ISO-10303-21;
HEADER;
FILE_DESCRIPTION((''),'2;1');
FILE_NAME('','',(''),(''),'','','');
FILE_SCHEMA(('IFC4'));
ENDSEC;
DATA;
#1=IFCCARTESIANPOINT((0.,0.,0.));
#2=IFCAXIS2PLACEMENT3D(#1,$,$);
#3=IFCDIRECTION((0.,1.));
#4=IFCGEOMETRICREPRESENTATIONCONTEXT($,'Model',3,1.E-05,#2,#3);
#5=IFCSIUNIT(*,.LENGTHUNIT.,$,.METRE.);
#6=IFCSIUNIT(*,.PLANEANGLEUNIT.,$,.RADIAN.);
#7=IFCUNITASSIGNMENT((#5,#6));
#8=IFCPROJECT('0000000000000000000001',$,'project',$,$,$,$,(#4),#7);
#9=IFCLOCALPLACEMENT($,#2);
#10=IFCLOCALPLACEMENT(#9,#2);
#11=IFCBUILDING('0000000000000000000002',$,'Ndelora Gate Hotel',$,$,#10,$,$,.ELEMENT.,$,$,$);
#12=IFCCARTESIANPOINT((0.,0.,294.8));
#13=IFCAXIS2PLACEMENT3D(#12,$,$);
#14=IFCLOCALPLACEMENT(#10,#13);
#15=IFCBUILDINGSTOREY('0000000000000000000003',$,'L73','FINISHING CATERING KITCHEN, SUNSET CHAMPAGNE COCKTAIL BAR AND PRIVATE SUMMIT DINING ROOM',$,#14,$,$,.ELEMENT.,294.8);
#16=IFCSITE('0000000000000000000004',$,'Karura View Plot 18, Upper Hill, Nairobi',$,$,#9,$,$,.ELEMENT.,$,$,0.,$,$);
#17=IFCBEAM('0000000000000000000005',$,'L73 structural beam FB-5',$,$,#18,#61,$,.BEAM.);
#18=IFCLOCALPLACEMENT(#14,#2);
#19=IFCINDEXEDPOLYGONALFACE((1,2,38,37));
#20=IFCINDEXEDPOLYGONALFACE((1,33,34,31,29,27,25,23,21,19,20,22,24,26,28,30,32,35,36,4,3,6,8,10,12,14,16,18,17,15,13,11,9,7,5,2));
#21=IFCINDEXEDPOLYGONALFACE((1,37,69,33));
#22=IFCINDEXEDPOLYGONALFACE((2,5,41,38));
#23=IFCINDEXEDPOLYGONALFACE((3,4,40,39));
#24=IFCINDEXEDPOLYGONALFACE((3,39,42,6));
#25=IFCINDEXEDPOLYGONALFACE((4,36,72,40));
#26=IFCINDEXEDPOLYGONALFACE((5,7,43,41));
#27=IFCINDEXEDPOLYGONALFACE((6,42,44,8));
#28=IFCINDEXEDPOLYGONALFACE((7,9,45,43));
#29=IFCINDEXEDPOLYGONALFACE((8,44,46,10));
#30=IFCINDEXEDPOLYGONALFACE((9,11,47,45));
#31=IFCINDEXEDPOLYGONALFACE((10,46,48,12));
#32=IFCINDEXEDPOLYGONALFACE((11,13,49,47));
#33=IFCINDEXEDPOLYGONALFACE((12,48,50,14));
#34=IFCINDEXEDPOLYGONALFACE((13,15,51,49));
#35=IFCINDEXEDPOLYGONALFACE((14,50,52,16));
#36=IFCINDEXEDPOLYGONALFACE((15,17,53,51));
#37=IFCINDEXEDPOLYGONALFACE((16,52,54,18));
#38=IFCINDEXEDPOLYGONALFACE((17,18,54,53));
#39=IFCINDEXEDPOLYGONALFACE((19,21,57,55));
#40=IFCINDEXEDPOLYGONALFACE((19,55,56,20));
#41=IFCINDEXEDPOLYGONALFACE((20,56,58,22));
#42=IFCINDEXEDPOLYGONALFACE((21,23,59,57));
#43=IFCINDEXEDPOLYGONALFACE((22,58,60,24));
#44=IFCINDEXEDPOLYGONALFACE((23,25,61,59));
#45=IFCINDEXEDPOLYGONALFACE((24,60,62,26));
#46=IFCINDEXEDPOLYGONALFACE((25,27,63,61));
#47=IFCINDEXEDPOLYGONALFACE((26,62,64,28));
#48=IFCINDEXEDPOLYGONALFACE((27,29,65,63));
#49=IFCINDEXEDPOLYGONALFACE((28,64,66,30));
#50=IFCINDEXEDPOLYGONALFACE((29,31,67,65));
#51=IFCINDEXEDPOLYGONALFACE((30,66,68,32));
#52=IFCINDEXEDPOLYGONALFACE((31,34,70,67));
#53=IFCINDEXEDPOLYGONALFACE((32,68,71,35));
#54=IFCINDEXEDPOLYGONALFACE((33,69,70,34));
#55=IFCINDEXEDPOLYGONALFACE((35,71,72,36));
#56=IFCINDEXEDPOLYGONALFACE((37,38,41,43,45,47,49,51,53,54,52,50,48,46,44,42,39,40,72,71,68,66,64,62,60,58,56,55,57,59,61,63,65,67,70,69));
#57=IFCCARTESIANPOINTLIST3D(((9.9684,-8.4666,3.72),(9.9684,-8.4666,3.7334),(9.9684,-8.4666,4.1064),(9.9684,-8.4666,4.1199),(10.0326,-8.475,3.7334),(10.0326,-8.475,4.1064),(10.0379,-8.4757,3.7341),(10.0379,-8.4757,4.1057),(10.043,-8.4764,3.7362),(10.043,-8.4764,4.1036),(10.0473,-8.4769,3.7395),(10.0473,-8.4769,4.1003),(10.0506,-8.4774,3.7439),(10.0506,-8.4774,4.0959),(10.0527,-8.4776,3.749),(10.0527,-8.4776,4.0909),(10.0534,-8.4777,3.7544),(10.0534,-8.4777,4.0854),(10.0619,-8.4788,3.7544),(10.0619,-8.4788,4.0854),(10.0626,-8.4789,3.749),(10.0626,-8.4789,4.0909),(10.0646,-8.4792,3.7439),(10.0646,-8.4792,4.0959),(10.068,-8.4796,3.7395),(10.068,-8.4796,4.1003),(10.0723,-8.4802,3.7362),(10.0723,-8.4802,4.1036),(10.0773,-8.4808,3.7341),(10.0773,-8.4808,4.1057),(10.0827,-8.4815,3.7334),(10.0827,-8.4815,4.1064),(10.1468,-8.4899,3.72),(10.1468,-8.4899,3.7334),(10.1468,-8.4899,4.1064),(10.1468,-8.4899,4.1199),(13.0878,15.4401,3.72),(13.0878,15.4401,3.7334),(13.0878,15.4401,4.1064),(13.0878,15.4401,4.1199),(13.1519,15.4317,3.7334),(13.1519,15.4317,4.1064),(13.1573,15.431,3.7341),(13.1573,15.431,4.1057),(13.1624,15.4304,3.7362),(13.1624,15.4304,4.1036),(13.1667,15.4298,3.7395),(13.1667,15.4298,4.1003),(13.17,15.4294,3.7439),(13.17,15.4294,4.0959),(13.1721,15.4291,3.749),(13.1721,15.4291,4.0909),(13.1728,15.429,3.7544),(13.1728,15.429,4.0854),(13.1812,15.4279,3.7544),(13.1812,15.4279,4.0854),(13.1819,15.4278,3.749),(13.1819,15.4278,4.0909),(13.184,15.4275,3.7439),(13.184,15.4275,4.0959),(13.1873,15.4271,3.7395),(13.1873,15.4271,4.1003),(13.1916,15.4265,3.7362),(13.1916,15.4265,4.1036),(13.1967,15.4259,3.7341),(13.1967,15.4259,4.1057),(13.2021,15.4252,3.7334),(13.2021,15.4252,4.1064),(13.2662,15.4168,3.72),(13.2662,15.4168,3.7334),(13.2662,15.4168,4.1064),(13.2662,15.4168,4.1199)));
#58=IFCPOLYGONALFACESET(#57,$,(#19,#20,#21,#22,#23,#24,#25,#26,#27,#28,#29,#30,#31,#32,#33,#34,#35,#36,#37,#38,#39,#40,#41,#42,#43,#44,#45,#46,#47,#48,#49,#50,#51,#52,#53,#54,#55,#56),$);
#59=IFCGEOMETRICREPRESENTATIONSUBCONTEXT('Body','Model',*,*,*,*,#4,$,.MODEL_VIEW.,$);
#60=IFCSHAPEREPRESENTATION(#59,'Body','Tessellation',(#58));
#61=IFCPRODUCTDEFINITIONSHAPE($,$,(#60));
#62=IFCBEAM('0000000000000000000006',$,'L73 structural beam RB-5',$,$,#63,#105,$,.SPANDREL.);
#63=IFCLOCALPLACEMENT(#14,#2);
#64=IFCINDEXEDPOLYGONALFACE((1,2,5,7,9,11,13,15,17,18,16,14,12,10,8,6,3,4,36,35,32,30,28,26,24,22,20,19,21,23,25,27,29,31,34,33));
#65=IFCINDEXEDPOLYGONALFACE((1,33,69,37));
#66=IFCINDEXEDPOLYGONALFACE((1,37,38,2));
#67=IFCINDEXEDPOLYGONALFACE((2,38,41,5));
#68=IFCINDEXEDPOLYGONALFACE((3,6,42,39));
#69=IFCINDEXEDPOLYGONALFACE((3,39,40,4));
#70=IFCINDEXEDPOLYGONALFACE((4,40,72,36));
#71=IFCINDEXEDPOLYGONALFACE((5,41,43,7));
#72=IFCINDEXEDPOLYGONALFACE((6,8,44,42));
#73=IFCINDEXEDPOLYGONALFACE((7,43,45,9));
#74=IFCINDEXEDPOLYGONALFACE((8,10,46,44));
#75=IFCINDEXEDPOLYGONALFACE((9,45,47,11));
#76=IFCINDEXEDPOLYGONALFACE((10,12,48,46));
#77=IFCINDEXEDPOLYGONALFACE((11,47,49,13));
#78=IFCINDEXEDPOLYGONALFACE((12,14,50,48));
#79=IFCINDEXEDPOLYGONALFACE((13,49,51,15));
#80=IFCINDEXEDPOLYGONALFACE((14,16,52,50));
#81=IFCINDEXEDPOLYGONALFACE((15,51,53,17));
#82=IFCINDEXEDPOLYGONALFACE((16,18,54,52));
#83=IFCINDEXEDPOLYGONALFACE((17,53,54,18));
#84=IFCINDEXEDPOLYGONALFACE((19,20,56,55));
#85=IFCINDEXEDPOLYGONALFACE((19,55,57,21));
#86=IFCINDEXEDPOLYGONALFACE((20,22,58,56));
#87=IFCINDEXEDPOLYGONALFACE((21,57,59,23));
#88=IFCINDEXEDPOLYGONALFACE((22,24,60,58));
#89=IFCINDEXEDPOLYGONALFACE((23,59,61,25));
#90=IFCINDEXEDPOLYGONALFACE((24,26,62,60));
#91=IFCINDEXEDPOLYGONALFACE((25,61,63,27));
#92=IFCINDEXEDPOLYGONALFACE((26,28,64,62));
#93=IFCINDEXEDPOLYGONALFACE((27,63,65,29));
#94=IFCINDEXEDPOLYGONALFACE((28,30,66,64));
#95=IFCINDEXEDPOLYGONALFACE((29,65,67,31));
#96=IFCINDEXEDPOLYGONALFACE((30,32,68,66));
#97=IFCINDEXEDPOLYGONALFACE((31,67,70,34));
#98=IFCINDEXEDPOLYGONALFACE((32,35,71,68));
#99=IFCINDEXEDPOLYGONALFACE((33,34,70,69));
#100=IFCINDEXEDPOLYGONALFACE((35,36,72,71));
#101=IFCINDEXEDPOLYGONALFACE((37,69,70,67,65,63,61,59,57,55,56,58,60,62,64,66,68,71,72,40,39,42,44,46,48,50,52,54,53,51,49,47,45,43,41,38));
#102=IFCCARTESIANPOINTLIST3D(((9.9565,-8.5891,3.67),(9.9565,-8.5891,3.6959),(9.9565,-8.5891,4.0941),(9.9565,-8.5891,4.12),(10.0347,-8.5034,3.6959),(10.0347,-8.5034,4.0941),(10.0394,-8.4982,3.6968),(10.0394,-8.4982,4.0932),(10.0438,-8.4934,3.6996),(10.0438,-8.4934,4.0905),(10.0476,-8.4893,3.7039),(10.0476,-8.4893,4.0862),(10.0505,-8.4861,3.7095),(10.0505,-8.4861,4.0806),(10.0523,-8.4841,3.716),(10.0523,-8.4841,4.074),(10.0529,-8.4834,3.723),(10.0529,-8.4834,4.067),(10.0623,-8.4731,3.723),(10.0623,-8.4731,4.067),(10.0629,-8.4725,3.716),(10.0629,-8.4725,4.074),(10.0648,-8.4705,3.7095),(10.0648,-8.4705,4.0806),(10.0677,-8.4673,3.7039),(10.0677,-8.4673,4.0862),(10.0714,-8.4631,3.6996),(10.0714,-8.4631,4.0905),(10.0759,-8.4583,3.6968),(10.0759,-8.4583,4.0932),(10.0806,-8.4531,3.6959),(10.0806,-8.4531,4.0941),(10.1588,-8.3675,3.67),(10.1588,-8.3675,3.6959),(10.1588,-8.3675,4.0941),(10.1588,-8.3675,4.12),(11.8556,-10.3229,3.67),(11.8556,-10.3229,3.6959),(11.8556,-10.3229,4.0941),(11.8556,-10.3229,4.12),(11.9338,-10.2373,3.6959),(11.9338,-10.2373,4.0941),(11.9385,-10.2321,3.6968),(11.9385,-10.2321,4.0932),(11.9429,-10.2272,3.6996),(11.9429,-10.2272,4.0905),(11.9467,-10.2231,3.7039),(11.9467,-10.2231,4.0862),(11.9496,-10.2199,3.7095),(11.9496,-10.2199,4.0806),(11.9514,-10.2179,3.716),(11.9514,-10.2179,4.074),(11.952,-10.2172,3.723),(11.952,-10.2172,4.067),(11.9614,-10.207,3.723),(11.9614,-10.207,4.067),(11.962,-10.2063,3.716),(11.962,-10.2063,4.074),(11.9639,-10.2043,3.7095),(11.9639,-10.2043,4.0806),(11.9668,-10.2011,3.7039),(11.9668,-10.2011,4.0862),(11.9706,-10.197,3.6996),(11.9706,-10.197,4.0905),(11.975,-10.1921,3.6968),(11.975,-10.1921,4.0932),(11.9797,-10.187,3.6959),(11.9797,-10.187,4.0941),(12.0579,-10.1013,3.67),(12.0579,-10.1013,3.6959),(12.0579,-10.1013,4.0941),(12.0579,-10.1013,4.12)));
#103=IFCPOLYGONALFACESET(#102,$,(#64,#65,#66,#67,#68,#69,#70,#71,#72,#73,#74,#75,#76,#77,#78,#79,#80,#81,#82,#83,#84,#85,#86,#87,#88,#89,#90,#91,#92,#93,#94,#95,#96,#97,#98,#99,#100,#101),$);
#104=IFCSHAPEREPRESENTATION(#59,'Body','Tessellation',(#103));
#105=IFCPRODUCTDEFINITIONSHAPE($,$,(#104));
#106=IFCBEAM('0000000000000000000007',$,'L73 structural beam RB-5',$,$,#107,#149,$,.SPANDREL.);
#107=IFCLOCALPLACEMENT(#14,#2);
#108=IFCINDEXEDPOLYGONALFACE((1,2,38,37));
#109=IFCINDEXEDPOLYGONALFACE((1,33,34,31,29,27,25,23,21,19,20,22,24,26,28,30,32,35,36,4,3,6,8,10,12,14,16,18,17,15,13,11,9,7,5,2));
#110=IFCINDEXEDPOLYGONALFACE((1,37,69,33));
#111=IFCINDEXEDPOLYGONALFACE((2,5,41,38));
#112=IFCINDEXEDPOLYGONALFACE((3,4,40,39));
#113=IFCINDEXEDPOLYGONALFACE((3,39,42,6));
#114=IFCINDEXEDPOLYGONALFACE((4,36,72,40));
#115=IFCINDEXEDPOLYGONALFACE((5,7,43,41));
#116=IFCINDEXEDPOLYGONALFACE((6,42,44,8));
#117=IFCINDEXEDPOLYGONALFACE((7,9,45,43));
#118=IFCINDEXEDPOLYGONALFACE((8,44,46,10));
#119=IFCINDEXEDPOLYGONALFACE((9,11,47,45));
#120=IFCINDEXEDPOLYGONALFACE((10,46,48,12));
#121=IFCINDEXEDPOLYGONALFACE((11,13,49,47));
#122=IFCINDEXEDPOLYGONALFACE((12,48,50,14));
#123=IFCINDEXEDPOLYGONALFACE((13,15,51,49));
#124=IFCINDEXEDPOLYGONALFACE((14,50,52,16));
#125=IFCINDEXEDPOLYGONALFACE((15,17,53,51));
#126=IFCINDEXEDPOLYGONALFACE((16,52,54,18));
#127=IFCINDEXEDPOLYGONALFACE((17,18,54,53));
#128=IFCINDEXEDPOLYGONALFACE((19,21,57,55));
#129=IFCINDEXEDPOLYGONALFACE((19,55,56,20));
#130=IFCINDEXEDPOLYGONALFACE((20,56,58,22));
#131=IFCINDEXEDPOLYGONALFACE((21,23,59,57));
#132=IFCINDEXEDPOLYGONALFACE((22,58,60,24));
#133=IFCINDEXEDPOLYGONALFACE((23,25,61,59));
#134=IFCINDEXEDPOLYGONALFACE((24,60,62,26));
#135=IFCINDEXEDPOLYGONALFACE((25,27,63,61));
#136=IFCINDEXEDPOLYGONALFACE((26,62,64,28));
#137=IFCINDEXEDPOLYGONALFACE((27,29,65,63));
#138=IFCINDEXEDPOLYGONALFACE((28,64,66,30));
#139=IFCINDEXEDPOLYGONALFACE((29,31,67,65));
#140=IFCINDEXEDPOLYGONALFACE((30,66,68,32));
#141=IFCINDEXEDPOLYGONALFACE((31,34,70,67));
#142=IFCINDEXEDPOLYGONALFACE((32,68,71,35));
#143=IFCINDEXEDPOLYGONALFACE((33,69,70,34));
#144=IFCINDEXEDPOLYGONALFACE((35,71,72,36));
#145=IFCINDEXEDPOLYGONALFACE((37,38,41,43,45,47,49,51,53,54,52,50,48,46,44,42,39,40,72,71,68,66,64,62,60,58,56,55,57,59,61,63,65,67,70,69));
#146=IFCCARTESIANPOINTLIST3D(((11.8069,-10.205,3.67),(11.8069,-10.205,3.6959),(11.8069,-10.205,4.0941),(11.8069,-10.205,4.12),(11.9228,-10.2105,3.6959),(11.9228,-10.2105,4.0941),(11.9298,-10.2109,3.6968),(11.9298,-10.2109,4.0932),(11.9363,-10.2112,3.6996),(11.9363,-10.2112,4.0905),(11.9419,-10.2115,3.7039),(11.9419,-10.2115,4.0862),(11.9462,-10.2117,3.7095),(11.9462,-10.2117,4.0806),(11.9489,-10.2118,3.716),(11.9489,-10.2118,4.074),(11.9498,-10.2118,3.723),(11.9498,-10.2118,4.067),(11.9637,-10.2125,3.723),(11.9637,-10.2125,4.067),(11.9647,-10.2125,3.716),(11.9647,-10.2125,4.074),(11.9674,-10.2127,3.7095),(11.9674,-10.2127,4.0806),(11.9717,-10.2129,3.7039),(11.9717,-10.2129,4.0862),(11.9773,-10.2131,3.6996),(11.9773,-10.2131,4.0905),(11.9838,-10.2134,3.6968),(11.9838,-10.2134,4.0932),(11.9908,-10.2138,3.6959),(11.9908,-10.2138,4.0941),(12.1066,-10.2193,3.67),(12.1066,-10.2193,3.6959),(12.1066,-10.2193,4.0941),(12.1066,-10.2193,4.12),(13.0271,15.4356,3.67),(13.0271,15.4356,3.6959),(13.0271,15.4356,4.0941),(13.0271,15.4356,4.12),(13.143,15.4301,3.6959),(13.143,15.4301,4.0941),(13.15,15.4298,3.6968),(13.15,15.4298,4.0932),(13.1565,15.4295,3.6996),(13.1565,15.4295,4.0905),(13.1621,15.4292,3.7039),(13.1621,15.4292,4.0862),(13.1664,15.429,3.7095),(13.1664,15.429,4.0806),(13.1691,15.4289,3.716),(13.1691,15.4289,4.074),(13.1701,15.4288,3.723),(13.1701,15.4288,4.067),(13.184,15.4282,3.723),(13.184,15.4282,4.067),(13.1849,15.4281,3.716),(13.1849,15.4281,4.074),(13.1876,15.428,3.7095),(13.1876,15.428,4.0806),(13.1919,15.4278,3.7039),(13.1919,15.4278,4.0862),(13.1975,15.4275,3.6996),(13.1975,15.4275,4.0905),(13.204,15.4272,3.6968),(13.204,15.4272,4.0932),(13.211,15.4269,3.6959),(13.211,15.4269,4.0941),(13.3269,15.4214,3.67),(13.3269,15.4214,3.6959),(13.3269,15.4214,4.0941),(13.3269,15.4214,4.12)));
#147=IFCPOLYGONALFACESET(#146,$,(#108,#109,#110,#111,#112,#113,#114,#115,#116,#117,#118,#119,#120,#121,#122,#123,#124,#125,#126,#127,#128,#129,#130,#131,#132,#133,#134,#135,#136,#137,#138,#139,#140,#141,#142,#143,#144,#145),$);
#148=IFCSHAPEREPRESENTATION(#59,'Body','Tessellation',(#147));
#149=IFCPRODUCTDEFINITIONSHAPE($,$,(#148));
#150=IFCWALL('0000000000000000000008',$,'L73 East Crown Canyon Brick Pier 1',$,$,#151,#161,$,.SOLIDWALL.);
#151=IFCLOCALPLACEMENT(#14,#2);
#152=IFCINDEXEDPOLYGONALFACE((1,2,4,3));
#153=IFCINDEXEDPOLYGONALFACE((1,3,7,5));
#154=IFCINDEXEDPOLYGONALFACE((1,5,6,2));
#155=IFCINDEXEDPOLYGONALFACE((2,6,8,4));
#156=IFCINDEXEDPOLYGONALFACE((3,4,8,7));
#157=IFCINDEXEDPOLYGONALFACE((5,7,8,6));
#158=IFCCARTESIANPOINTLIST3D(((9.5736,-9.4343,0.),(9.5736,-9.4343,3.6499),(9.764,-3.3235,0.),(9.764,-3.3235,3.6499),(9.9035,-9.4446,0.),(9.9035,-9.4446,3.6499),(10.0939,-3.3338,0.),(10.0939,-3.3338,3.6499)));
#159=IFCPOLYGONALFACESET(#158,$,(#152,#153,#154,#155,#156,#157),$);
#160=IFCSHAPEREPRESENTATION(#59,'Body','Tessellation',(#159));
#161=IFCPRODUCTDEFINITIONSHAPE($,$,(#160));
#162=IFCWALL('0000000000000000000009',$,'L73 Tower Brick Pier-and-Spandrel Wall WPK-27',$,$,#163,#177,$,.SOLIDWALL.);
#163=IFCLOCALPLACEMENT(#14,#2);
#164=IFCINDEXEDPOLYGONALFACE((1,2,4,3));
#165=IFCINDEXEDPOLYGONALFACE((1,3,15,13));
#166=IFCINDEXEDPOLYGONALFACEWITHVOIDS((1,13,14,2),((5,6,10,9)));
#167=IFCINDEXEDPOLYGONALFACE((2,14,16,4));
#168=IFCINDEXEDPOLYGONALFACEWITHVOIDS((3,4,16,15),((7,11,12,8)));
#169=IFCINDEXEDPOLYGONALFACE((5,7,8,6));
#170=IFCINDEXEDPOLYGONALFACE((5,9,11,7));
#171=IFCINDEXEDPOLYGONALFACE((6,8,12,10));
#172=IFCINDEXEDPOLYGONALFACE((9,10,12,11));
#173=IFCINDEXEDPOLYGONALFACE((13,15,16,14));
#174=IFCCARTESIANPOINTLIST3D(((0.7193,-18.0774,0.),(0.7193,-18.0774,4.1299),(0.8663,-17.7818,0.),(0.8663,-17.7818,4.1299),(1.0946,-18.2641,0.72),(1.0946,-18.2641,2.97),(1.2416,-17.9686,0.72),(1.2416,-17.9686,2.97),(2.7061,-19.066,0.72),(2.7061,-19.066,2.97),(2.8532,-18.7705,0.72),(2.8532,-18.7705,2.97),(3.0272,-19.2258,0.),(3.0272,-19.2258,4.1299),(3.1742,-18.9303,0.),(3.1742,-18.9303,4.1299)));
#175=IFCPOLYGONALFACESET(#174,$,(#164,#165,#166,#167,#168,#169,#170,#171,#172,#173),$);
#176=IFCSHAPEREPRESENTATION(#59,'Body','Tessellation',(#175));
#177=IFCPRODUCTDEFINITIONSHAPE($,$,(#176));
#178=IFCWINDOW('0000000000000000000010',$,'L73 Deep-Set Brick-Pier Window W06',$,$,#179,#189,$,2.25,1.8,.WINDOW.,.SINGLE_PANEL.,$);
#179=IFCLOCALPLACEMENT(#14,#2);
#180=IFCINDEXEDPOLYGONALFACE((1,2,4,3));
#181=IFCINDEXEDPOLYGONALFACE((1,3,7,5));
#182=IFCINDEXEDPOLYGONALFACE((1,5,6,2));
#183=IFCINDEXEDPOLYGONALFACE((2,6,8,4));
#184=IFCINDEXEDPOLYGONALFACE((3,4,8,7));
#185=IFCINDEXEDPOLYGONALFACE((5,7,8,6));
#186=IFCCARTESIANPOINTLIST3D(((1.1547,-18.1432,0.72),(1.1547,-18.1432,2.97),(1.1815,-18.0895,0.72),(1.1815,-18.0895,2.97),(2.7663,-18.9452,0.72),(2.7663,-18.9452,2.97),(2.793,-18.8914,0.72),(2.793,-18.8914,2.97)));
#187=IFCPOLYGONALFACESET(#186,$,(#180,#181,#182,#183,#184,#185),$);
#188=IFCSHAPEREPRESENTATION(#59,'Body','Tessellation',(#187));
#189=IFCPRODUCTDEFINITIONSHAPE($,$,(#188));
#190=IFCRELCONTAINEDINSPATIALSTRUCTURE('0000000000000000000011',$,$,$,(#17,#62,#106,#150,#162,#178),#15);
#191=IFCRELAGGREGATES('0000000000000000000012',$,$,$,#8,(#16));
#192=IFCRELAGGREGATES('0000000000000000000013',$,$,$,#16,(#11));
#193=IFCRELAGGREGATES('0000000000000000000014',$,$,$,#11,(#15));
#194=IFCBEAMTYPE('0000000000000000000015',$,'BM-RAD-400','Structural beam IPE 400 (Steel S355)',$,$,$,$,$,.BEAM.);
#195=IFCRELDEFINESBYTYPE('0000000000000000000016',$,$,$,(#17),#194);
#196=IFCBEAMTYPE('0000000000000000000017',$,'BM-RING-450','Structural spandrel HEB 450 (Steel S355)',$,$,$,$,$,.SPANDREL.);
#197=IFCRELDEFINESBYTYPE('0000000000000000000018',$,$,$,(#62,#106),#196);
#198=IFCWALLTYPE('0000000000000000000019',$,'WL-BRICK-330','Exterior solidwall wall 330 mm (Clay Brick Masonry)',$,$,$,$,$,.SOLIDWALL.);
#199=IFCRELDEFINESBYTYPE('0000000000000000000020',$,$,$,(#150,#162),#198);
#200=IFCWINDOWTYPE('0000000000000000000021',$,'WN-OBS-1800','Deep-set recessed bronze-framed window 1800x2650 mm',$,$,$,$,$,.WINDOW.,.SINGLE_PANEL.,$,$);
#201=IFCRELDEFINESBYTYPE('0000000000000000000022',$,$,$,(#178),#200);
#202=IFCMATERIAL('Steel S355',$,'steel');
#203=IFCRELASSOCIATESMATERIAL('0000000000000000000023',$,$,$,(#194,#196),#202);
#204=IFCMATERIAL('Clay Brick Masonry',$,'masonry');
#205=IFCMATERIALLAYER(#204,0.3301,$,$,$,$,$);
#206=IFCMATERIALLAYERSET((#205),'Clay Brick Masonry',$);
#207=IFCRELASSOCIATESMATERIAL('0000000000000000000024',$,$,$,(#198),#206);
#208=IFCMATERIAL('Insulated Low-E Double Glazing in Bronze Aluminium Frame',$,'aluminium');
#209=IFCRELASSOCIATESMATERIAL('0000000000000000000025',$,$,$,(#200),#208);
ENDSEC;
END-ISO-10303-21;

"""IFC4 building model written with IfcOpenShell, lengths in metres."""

from ifc_helpers import new_model, si_unit, direction, frame, frame_2d, origin, origin_2d, place, context, subcontext, project, spatial, rectangle, i_section, extrude, material, layer, layer_set, material_profile, profile_set, type_object, element, fill, save


model = new_model("IFC4")

# Units and contexts
model_context = context("Model", 3, precision=1e-05, world=origin(), true_north=direction((0.0, 1.0)))
body_context = subcontext(model_context, "Body", "Model", "MODEL_VIEW")
ifc_project = project(units=[si_unit("LENGTHUNIT", "METRE"), si_unit("PLANEANGLEUNIT", "RADIAN")], contexts=[model_context])

# Site, building, storey
site_placement = place(None, origin())
site = spatial("IfcSite", under=ifc_project, at=site_placement, Name="Karura View Plot 18, Upper Hill, Nairobi", CompositionType="ELEMENT", RefElevation=0.0)
building_placement = place(site_placement, origin())
building = spatial("IfcBuilding", under=site, at=building_placement, Name="Ndelora Gate Hotel", CompositionType="ELEMENT")
storey_placement = place(building_placement, frame((0.0, 0.0, 294.8)))
storey = spatial("IfcBuildingStorey", under=building, at=storey_placement, Name="L73", Description="FINISHING CATERING KITCHEN, SUNSET CHAMPAGNE COCKTAIL BAR AND PRIVATE SUMMIT DINING ROOM", CompositionType="ELEMENT", Elevation=294.8)

# Beams
ifc_material_1 = material(Name="Steel S355", Category="steel")
ifc_material_profile_1 = material_profile(ifc_material_1, i_section(OverallWidth=0.1799, OverallDepth=0.3999, WebThickness=0.0085, FlangeThickness=0.0134, FilletRadius=0.021, at=origin_2d()), Name="IPE 400")
ifc_profile_set_1 = profile_set([ifc_material_profile_1], Name="Steel S355")
beam_type_1 = type_object("IfcBeamType", Name="BM-RAD-400", Description="Structural beam IPE 400 (Steel S355)", PredefinedType="BEAM", material=ifc_profile_set_1)
beam_1_placement = place(storey_placement, frame((10.0576, -8.4783, 3.9199), z_axis=(0.129385, 0.991594, 0.0), x_axis=(-0.991594, 0.129385, 0.0)))
element("IfcBeam", 1, at=beam_1_placement, inside=storey, type_object=beam_type_1, Name="L73 structural beam FB-5", PredefinedType="BEAM", context=body_context, shape_type="SweptSolid", body=[
    extrude(i_section(OverallWidth=0.1799, OverallDepth=0.3999, WebThickness=0.0085, FlangeThickness=0.0134, FilletRadius=0.021, at=origin_2d()), origin(), (0.0, 0.0, 1.0), 24.1094),
])
ifc_material_profile_2 = material_profile(ifc_material_1, i_section(OverallWidth=0.3, OverallDepth=0.45, WebThickness=0.0139, FlangeThickness=0.0259, FilletRadius=0.0271, at=origin_2d()), Name="HEB 450")
ifc_profile_set_2 = profile_set([ifc_material_profile_2], Name="Steel S355")
beam_type_2 = type_object("IfcBeamType", Name="BM-RING-450", Description="Structural spandrel HEB 450 (Steel S355)", PredefinedType="SPANDREL", material=ifc_profile_set_2)
beam_2_placement = place(storey_placement, frame((10.0576, -8.4783, 3.895), z_axis=(0.738512, -0.67424, 0.0), x_axis=(0.67424, 0.738512, 0.0)))
element("IfcBeam", 2, at=beam_2_placement, inside=storey, type_object=beam_type_2, Name="L73 structural beam RB-5", PredefinedType="SPANDREL", context=body_context, shape_type="SweptSolid", body=[
    extrude(i_section(OverallWidth=0.3, OverallDepth=0.45, WebThickness=0.0139, FlangeThickness=0.0259, FilletRadius=0.0271, at=origin_2d()), origin(), (0.0, 0.0, 1.0), 2.5715),
])
beam_3_placement = place(storey_placement, frame((11.9568, -10.2122, 3.895), z_axis=(0.047535, 0.99887, 0.0), x_axis=(-0.99887, 0.047535, 0.0)))
element("IfcBeam", 3, at=beam_3_placement, inside=storey, type_object=beam_type_2, Name="L73 structural beam RB-5", PredefinedType="SPANDREL", context=body_context, shape_type="SweptSolid", body=[
    extrude(i_section(OverallWidth=0.3, OverallDepth=0.45, WebThickness=0.0139, FlangeThickness=0.0259, FilletRadius=0.0271, at=origin_2d()), origin(), (0.0, 0.0, 1.0), 25.6697),
])

# Wall
ifc_material_2 = material(Name="Clay Brick Masonry", Category="masonry")
ifc_layer_1 = layer(ifc_material_2, 0.3301)
ifc_layer_set_1 = layer_set([ifc_layer_1], Name="Clay Brick Masonry")
wall_type_1 = type_object("IfcWallType", Name="WL-BRICK-330", Description="Exterior solidwall wall 330 mm (Clay Brick Masonry)", PredefinedType="SOLIDWALL", material=ifc_layer_set_1)
wall_1_placement = place(storey_placement, frame((9.7385, -9.4395, 0.0), z_axis=(0.0, 0.0, 1.0), x_axis=(0.031147, 0.999515, 0.0)))
element("IfcWall", 4, at=wall_1_placement, inside=storey, type_object=wall_type_1, Name="L73 East Crown Canyon Brick Pier 1", PredefinedType="SOLIDWALL", context=body_context, shape_type="SweptSolid", body=[
    extrude(rectangle(XDim=6.1138, YDim=0.3301, at=frame_2d((3.0569, 0.0))), origin(), (0.0, 0.0, 1.0), 3.6499),
])

# Wall, opening, window
wall_2_placement = place(storey_placement, frame((3.1008, -19.0781, 0.0), z_axis=(0.0, 0.0, 1.0), x_axis=(-0.895278, 0.445508, 0.0)))
wall_2 = element("IfcWall", 5, at=wall_2_placement, inside=storey, type_object=wall_type_1, Name="L73 Tower Brick Pier-and-Spandrel Wall WPK-27", PredefinedType="SOLIDWALL", context=body_context, shape_type="SweptSolid", body=[
    extrude(rectangle(XDim=2.5779, YDim=0.3301, at=frame_2d((1.2891, 0.0))), origin(), (0.0, 0.0, 1.0), 4.1299),
])
opening_placement = place(wall_2_placement, frame((0.3589, 0.0, 0.72)))
opening = element("IfcOpeningElement", 6, at=opening_placement, cuts=wall_2, PredefinedType="OPENING", context=body_context, shape_type="SweptSolid", body=[
    extrude(rectangle(XDim=1.8, YDim=2.25, at=frame_2d((0.8999, 1.125))), frame((0.0, 0.175, 0.0), z_axis=(0.0, -1.0, 0.0), x_axis=(1.0, 0.0, 0.0)), (0.0, 0.0, 1.0), 0.3501),
])
ifc_material_3 = material(Name="Insulated Low-E Double Glazing in Bronze Aluminium Frame", Category="aluminium")
window_type = type_object("IfcWindowType", Name="WN-OBS-1800", Description="Deep-set recessed bronze-framed window 1800x2650 mm", PartitioningType="SINGLE_PANEL", PredefinedType="WINDOW", material=ifc_material_3)
window_placement = place(opening_placement, origin())
window = element("IfcWindow", 7, at=window_placement, inside=storey, type_object=window_type, Name="L73 Deep-Set Brick-Pier Window W06", OverallHeight=2.25, OverallWidth=1.8, PartitioningType="SINGLE_PANEL", PredefinedType="WINDOW", context=body_context, shape_type="SweptSolid", body=[
    extrude(rectangle(XDim=1.8, YDim=2.25, at=frame_2d((0.8999, 1.125))), frame((0.0, 0.03, 0.0), z_axis=(0.0, -1.0, 0.0), x_axis=(1.0, 0.0, 0.0)), (0.0, 0.0, 1.0), 0.0601),
])
fill(opening, window)

save(model, "model.ifc")
